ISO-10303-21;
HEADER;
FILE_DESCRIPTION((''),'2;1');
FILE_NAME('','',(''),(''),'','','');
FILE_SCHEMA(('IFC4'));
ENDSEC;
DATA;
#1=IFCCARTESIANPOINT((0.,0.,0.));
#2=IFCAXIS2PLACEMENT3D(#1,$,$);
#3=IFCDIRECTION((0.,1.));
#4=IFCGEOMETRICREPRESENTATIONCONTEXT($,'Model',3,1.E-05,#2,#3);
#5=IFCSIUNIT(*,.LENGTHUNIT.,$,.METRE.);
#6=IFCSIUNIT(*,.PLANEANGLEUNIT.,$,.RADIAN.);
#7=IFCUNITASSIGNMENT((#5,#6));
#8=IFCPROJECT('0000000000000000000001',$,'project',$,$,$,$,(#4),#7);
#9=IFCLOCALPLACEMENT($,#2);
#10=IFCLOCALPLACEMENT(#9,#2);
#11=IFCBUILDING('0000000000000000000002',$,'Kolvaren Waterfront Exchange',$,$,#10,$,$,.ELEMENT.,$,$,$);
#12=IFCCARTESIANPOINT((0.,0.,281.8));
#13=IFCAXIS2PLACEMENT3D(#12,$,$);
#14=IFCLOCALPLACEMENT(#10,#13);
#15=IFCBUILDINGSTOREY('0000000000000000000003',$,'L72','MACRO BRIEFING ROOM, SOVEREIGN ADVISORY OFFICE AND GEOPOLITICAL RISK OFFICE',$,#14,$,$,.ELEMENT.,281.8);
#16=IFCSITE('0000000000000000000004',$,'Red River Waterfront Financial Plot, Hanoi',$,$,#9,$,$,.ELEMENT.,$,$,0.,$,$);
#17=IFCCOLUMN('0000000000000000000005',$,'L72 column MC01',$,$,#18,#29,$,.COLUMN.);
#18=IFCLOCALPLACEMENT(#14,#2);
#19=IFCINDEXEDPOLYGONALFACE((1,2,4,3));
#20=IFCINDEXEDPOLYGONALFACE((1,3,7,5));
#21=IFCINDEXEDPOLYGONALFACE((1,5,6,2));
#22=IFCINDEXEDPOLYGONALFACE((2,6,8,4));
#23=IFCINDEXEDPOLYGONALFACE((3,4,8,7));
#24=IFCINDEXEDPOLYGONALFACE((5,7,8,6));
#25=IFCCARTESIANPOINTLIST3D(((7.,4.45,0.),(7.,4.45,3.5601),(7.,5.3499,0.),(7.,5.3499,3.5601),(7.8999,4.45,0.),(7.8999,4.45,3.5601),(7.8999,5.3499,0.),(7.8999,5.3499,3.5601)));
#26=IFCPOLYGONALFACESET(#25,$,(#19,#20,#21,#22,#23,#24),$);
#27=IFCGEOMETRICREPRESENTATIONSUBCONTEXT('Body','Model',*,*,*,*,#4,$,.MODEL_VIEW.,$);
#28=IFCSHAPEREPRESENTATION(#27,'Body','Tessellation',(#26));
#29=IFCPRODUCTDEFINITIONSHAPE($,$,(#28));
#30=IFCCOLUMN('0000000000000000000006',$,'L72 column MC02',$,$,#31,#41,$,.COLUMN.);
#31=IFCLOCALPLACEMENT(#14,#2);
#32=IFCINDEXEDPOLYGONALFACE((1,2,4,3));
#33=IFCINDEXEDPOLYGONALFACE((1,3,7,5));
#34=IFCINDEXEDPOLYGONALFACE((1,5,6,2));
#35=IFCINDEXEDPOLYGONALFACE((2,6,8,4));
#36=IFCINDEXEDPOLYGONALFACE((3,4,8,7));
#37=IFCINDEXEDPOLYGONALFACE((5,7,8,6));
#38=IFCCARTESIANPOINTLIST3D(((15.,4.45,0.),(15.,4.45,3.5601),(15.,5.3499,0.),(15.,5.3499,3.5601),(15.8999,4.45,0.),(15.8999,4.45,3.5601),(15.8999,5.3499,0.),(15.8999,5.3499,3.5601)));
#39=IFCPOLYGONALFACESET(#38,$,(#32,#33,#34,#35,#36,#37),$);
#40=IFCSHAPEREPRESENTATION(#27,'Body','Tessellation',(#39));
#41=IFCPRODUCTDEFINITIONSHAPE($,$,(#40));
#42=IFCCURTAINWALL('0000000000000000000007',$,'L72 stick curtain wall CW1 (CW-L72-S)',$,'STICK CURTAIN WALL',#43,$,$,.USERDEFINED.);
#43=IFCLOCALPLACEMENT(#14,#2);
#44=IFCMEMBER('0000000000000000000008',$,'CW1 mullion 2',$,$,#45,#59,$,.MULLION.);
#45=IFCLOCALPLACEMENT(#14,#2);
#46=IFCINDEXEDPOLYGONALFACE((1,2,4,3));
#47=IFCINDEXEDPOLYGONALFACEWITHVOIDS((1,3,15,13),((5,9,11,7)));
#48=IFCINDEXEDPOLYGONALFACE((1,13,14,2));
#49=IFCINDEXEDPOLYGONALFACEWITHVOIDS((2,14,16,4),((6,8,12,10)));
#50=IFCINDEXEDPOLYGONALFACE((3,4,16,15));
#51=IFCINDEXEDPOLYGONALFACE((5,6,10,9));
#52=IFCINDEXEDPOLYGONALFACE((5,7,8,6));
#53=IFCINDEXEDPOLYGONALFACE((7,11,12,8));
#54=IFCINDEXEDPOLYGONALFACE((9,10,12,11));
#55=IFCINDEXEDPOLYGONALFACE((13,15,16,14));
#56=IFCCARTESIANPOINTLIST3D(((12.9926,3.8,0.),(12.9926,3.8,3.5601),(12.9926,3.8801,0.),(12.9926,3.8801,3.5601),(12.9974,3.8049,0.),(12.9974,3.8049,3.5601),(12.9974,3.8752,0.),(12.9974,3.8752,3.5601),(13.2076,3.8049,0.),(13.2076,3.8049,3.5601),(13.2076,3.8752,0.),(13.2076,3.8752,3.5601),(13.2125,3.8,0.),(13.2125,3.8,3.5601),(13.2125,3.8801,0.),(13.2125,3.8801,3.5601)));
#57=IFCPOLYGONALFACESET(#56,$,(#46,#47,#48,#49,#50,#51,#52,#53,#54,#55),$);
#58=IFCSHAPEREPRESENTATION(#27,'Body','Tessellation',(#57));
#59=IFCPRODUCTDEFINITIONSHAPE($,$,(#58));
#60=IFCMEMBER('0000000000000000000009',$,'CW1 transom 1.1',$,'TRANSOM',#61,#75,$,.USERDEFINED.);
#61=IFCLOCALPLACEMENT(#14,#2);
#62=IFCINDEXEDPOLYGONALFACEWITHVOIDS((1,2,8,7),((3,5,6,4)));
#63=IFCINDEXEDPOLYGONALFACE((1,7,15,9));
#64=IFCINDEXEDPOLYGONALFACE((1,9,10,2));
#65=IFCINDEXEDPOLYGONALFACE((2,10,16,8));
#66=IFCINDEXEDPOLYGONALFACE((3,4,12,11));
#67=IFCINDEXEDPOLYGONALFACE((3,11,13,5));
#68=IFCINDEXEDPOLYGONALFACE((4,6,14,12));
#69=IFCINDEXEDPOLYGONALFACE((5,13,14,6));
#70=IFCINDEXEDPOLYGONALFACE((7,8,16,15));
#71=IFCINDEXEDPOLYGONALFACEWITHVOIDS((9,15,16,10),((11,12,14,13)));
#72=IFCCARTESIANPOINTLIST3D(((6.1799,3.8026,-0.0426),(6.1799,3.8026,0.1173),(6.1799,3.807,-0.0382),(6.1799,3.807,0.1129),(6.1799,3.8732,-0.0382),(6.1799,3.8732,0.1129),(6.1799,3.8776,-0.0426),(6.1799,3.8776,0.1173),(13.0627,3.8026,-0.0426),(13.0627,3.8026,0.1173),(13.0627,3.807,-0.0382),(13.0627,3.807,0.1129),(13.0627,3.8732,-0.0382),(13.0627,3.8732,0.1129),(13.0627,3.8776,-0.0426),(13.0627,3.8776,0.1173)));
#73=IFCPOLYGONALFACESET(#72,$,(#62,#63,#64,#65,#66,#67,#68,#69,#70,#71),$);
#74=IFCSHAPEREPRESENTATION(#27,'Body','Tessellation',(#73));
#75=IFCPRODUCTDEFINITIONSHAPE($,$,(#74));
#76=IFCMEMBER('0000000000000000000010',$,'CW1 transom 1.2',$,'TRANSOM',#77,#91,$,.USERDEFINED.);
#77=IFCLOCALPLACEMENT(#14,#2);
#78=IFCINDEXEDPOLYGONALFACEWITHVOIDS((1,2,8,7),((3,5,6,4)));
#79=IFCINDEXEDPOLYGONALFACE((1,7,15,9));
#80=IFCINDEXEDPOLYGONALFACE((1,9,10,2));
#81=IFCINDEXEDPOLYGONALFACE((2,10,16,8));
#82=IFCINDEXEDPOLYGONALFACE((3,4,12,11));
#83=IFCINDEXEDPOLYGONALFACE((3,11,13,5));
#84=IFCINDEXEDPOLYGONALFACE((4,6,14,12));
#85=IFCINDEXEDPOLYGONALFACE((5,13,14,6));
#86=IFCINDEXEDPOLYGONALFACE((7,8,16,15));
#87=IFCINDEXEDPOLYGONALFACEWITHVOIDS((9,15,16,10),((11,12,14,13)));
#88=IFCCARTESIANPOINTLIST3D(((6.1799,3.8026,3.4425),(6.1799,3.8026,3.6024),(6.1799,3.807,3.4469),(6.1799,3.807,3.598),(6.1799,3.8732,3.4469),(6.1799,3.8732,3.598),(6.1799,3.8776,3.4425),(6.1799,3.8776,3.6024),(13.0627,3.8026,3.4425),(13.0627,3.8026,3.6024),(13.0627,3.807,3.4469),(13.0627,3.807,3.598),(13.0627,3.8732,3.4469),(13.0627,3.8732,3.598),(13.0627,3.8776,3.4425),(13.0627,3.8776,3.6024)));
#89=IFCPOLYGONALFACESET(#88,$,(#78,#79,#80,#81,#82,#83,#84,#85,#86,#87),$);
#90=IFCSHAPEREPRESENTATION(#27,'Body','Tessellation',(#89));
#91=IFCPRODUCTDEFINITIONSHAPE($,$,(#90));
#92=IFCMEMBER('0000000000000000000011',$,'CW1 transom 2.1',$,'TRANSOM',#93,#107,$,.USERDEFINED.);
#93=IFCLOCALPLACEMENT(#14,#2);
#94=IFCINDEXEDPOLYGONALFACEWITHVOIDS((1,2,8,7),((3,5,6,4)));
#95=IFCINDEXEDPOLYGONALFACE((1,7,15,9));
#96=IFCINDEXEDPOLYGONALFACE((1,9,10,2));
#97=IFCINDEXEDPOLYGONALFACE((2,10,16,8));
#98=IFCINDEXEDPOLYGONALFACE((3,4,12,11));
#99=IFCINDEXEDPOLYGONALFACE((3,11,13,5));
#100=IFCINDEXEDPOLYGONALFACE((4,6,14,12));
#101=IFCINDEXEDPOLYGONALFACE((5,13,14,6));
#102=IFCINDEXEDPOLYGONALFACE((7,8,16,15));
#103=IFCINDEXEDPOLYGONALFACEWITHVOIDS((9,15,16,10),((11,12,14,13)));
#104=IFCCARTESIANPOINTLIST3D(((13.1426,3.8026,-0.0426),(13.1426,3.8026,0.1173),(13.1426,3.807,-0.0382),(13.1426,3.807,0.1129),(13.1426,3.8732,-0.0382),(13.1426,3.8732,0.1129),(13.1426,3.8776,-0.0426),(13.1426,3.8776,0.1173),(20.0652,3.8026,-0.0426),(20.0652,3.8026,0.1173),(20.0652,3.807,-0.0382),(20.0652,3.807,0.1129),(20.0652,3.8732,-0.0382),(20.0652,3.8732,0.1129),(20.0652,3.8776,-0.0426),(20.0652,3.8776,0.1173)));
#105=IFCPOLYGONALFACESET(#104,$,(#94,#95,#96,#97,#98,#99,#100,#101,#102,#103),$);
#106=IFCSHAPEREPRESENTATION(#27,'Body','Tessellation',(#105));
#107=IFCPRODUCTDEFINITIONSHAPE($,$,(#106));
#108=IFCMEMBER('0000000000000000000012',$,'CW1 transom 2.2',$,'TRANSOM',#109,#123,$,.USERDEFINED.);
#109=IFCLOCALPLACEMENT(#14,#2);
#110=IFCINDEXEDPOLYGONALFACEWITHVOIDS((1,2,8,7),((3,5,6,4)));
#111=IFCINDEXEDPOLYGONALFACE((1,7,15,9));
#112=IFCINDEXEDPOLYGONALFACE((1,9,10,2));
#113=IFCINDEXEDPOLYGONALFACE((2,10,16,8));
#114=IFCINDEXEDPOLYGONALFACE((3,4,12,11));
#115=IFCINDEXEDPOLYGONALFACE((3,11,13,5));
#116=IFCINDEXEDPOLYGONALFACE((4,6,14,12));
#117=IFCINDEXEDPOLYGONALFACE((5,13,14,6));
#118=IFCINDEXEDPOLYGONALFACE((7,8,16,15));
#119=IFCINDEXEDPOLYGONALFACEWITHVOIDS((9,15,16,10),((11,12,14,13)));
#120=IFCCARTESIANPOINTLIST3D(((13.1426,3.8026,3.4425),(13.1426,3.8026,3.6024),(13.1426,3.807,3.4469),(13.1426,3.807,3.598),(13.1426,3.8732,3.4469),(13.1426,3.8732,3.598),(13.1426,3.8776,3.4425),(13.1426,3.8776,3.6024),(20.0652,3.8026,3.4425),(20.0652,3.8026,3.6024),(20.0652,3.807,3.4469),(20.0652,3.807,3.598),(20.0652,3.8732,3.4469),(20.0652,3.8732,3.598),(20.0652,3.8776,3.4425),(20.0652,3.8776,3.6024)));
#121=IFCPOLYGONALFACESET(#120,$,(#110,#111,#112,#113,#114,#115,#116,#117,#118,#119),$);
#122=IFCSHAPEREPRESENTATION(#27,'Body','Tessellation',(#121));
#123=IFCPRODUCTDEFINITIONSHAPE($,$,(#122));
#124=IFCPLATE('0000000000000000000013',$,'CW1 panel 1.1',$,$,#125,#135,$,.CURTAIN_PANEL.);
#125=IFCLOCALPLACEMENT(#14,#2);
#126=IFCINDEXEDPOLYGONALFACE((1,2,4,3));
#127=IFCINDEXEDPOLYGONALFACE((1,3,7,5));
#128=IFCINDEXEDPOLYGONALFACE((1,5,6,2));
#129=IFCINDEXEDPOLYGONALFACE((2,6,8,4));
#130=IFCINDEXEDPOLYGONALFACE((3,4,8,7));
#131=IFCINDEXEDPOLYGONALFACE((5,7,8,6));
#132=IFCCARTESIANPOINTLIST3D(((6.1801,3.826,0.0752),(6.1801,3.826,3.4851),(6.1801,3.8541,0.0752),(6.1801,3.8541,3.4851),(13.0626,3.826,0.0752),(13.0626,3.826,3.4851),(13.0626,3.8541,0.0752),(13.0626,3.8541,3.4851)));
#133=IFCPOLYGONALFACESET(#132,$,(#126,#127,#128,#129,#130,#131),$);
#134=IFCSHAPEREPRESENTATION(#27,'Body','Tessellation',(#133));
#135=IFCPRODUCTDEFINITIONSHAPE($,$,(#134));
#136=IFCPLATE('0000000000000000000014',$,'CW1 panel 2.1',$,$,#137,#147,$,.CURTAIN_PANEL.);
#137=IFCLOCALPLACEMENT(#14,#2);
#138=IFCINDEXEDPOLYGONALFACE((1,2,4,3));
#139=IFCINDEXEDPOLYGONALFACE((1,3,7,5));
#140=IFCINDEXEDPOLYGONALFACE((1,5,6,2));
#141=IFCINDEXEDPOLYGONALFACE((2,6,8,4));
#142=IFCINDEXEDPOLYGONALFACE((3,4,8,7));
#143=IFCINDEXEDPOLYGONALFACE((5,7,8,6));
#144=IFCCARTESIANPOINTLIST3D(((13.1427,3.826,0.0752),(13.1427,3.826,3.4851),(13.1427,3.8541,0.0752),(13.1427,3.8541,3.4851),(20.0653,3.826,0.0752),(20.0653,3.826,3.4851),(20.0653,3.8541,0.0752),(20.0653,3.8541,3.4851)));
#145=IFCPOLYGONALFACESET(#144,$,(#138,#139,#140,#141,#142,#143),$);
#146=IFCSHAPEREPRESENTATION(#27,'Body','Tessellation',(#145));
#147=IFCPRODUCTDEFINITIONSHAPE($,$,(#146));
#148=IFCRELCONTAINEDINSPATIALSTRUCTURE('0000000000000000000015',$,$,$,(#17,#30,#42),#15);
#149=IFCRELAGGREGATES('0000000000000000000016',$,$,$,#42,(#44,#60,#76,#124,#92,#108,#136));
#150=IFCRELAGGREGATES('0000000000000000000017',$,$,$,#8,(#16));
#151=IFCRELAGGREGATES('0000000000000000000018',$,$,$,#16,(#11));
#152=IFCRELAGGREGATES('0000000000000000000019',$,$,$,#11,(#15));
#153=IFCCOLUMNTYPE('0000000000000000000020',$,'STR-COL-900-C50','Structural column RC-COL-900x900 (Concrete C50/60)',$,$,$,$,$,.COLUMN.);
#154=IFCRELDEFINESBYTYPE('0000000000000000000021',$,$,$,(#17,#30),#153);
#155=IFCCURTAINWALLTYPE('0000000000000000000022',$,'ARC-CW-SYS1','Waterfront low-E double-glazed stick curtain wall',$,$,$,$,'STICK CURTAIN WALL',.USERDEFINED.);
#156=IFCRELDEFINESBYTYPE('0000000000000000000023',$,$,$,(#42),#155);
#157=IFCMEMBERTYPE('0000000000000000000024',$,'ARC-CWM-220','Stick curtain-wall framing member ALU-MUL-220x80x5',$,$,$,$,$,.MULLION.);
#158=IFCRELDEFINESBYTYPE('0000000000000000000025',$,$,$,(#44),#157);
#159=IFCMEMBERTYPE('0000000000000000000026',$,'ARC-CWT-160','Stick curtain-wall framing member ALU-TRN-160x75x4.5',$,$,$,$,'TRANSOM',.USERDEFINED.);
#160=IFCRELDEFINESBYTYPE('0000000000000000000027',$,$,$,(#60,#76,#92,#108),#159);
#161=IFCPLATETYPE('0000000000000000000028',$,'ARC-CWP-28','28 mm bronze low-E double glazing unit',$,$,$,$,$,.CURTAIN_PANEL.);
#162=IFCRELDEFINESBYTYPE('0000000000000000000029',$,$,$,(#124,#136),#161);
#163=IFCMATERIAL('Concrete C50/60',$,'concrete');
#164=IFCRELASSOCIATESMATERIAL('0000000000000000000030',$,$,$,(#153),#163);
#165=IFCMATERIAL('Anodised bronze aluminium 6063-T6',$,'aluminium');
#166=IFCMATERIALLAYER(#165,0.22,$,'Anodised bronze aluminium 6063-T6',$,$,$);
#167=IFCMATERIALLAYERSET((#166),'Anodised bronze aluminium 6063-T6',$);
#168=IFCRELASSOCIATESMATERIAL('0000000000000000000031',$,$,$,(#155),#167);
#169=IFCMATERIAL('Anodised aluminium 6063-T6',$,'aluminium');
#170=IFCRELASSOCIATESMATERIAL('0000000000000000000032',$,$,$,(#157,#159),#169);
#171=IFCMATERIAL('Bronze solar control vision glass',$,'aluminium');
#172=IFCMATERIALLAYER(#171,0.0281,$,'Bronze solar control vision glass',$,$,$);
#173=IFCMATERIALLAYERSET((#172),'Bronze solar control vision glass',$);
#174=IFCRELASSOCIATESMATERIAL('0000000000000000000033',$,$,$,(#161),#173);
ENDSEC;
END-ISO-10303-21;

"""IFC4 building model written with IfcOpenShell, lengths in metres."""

from ifc_helpers import new_model, si_unit, direction, frame, origin, origin_with_axes, origin_2d, place, context, subcontext, project, spatial, rectangle, hollow_rectangle, extrude, source, transform, mapped, material, layer, layer_set, material_profile, profile_set, type_object, element, aggregate, save


model = new_model("IFC4")

# Units and contexts
model_context = context("Model", 3, precision=1e-05, world=origin(), true_north=direction((0.0, 1.0)))
body_context = subcontext(model_context, "Body", "Model", "MODEL_VIEW")
ifc_project = project(units=[si_unit("LENGTHUNIT", "METRE"), si_unit("PLANEANGLEUNIT", "RADIAN")], contexts=[model_context])

# Site, building, storey
site_placement = place(None, origin())
site = spatial("IfcSite", under=ifc_project, at=site_placement, Name="Red River Waterfront Financial Plot, Hanoi", CompositionType="ELEMENT", RefElevation=0.0)
building_placement = place(site_placement, origin())
building = spatial("IfcBuilding", under=site, at=building_placement, Name="Kolvaren Waterfront Exchange", CompositionType="ELEMENT")
storey_placement = place(building_placement, frame((0.0, 0.0, 281.8)))
storey = spatial("IfcBuildingStorey", under=building, at=storey_placement, Name="L72", Description="MACRO BRIEFING ROOM, SOVEREIGN ADVISORY OFFICE AND GEOPOLITICAL RISK OFFICE", CompositionType="ELEMENT", Elevation=281.8)

# Columns
ifc_material_1 = material(Name="Concrete C50/60", Category="concrete")
ifc_material_profile_1 = material_profile(ifc_material_1, rectangle(XDim=0.8999, YDim=0.8999, at=origin_2d()), Name="RC-COL-900x900")
ifc_profile_set_1 = profile_set([ifc_material_profile_1], Name="Concrete C50/60")
column_type = type_object("IfcColumnType", Name="STR-COL-900-C50", Description="Structural column RC-COL-900x900 (Concrete C50/60)", PredefinedType="COLUMN", material=ifc_profile_set_1)
for number, where, z_axis, x_axis, name in (
    (1, (7.45, 4.8999, 0.0), (0.0, 0.0, 1.0), (1.0, 0.0, 0.0), "L72 column MC01"),
    (2, (15.45, 4.8999, 0.0), (0.0, 0.0, 1.0), (1.0, 0.0, 0.0), "L72 column MC02"),
):
    element("IfcColumn", number, at=place(storey_placement, frame(where, z_axis=z_axis, x_axis=x_axis)), inside=storey, type_object=column_type, Name=name, PredefinedType="COLUMN", context=body_context, shape_type="SweptSolid", body=[
        extrude(rectangle(XDim=0.8999, YDim=0.8999, at=origin_2d()), origin(), (0.0, 0.0, 1.0), 3.5601),
    ])

# Curtain wall, members, plates
ifc_material_2 = material(Name="Anodised bronze aluminium 6063-T6", Category="aluminium")
ifc_layer_1 = layer(ifc_material_2, 0.22, Name="Anodised bronze aluminium 6063-T6")
ifc_layer_set_1 = layer_set([ifc_layer_1], Name="Anodised bronze aluminium 6063-T6")
curtain_wall_type = type_object("IfcCurtainWallType", Name="ARC-CW-SYS1", Description="Waterfront low-E double-glazed stick curtain wall", ElementType="STICK CURTAIN WALL", PredefinedType="USERDEFINED", material=ifc_layer_set_1)
curtain_wall_placement = place(storey_placement, origin())
curtain_wall = element("IfcCurtainWall", 3, at=curtain_wall_placement, inside=storey, type_object=curtain_wall_type, Name="L72 stick curtain wall CW1 (CW-L72-S)", ObjectType="STICK CURTAIN WALL", PredefinedType="USERDEFINED")
ifc_material_3 = material(Name="Anodised aluminium 6063-T6", Category="aluminium")
ifc_material_profile_2 = material_profile(ifc_material_3, hollow_rectangle(XDim=0.0801, YDim=0.22, WallThickness=0.0049, at=origin_2d()), Name="ALU-MUL-220x80x5")
ifc_profile_set_2 = profile_set([ifc_material_profile_2], Name="Anodised aluminium 6063-T6")
member_type_1 = type_object("IfcMemberType", Name="ARC-CWM-220", Description="Stick curtain-wall framing member ALU-MUL-220x80x5", PredefinedType="MULLION", material=ifc_profile_set_2)
shared_shape_1 = source(origin_with_axes(), body_context, "Body", "SweptSolid", [
    extrude(hollow_rectangle(XDim=0.0801, YDim=0.22, WallThickness=0.0049, at=origin_2d()), origin(), (0.0, 0.0, 1.0), 3.5601),
])
member_1_placement = place(storey_placement, frame((13.1025, 3.8401, 0.0), z_axis=(0.0, 0.0, 1.0), x_axis=(0.0, 1.0, 0.0)))
member_1 = element("IfcMember", 4, at=member_1_placement, type_object=member_type_1, Name="CW1 mullion 2", PredefinedType="MULLION", context=body_context, shape_type="MappedRepresentation", body=[
    mapped(shared_shape_1, transform((0.0, 0.0, 0.0), x_axis=(1.0, 0.0, 0.0), y_axis=(0.0, 1.0, 0.0), z_axis=(0.0, 0.0, 1.0), scale=1.0)),
])
ifc_material_profile_3 = material_profile(ifc_material_3, hollow_rectangle(XDim=0.075, YDim=0.1599, WallThickness=0.0044, at=origin_2d()), Name="ALU-TRN-160x75x4.5")
ifc_profile_set_3 = profile_set([ifc_material_profile_3], Name="Anodised aluminium 6063-T6")
member_type_2 = type_object("IfcMemberType", Name="ARC-CWT-160", Description="Stick curtain-wall framing member ALU-TRN-160x75x4.5", ElementType="TRANSOM", PredefinedType="USERDEFINED", material=ifc_profile_set_3)
shared_shape_2 = source(origin_with_axes(), body_context, "Body", "SweptSolid", [
    extrude(hollow_rectangle(XDim=0.075, YDim=0.1599, WallThickness=0.0044, at=origin_2d()), origin(), (0.0, 0.0, 1.0), 6.8828),
])
member_2_placement = place(storey_placement, frame((6.1799, 3.8401, 0.0374), z_axis=(1.0, 0.0, 0.0), x_axis=(0.0, 1.0, 0.0)))
member_2 = element("IfcMember", 5, at=member_2_placement, type_object=member_type_2, Name="CW1 transom 1.1", ObjectType="TRANSOM", PredefinedType="USERDEFINED", context=body_context, shape_type="MappedRepresentation", body=[
    mapped(shared_shape_2, transform((0.0, 0.0, 0.0), x_axis=(1.0, 0.0, 0.0), y_axis=(0.0, 1.0, 0.0), z_axis=(0.0, 0.0, 1.0), scale=1.0)),
])
member_3_placement = place(storey_placement, frame((6.1799, 3.8401, 3.5225), z_axis=(1.0, 0.0, 0.0), x_axis=(0.0, 1.0, 0.0)))
member_3 = element("IfcMember", 6, at=member_3_placement, type_object=member_type_2, Name="CW1 transom 1.2", ObjectType="TRANSOM", PredefinedType="USERDEFINED", context=body_context, shape_type="MappedRepresentation", body=[
    mapped(shared_shape_2, transform((0.0, 0.0, 0.0), x_axis=(1.0, 0.0, 0.0), y_axis=(0.0, 1.0, 0.0), z_axis=(0.0, 0.0, 1.0), scale=1.0)),
])
shared_shape_3 = source(origin_with_axes(), body_context, "Body", "SweptSolid", [
    extrude(hollow_rectangle(XDim=0.075, YDim=0.1599, WallThickness=0.0044, at=origin_2d()), origin(), (0.0, 0.0, 1.0), 6.9226),
])
member_4_placement = place(storey_placement, frame((13.1426, 3.8401, 0.0374), z_axis=(1.0, 0.0, 0.0), x_axis=(0.0, 1.0, 0.0)))
member_4 = element("IfcMember", 7, at=member_4_placement, type_object=member_type_2, Name="CW1 transom 2.1", ObjectType="TRANSOM", PredefinedType="USERDEFINED", context=body_context, shape_type="MappedRepresentation", body=[
    mapped(shared_shape_3, transform((0.0, 0.0, 0.0), x_axis=(1.0, 0.0, 0.0), y_axis=(0.0, 1.0, 0.0), z_axis=(0.0, 0.0, 1.0), scale=1.0)),
])
member_5_placement = place(storey_placement, frame((13.1426, 3.8401, 3.5225), z_axis=(1.0, 0.0, 0.0), x_axis=(0.0, 1.0, 0.0)))
member_5 = element("IfcMember", 8, at=member_5_placement, type_object=member_type_2, Name="CW1 transom 2.2", ObjectType="TRANSOM", PredefinedType="USERDEFINED", context=body_context, shape_type="MappedRepresentation", body=[
    mapped(shared_shape_3, transform((0.0, 0.0, 0.0), x_axis=(1.0, 0.0, 0.0), y_axis=(0.0, 1.0, 0.0), z_axis=(0.0, 0.0, 1.0), scale=1.0)),
])
ifc_material_4 = material(Name="Bronze solar control vision glass", Category="aluminium")
ifc_layer_2 = layer(ifc_material_4, 0.0281, Name="Bronze solar control vision glass")
ifc_layer_set_2 = layer_set([ifc_layer_2], Name="Bronze solar control vision glass")
plate_type = type_object("IfcPlateType", Name="ARC-CWP-28", Description="28 mm bronze low-E double glazing unit", PredefinedType="CURTAIN_PANEL", material=ifc_layer_set_2)
shared_shape_4 = source(origin_with_axes(), body_context, "Body", "SweptSolid", [
    extrude(rectangle(XDim=6.8826, YDim=0.0281, at=origin_2d()), origin(), (0.0, 0.0, 1.0), 3.4099),
])
plate_1_placement = place(storey_placement, frame((9.6213, 3.8401, 0.0752), z_axis=(0.0, 0.0, 1.0), x_axis=(1.0, 0.0, 0.0)))
plate_1 = element("IfcPlate", 9, at=plate_1_placement, type_object=plate_type, Name="CW1 panel 1.1", PredefinedType="CURTAIN_PANEL", context=body_context, shape_type="MappedRepresentation", body=[
    mapped(shared_shape_4, transform((0.0, 0.0, 0.0), x_axis=(1.0, 0.0, 0.0), y_axis=(0.0, 1.0, 0.0), z_axis=(0.0, 0.0, 1.0), scale=1.0)),
])
shared_shape_5 = source(origin_with_axes(), body_context, "Body", "SweptSolid", [
    extrude(rectangle(XDim=6.9226, YDim=0.0281, at=origin_2d()), origin(), (0.0, 0.0, 1.0), 3.4099),
])
plate_2_placement = place(storey_placement, frame((16.604, 3.8401, 0.0752), z_axis=(0.0, 0.0, 1.0), x_axis=(1.0, 0.0, 0.0)))
plate_2 = element("IfcPlate", 10, at=plate_2_placement, type_object=plate_type, Name="CW1 panel 2.1", PredefinedType="CURTAIN_PANEL", context=body_context, shape_type="MappedRepresentation", body=[
    mapped(shared_shape_5, transform((0.0, 0.0, 0.0), x_axis=(1.0, 0.0, 0.0), y_axis=(0.0, 1.0, 0.0), z_axis=(0.0, 0.0, 1.0), scale=1.0)),
])
aggregate(curtain_wall, [member_1, member_2, member_3, plate_1, member_4, member_5, plate_2])

save(model, "model.ifc")
